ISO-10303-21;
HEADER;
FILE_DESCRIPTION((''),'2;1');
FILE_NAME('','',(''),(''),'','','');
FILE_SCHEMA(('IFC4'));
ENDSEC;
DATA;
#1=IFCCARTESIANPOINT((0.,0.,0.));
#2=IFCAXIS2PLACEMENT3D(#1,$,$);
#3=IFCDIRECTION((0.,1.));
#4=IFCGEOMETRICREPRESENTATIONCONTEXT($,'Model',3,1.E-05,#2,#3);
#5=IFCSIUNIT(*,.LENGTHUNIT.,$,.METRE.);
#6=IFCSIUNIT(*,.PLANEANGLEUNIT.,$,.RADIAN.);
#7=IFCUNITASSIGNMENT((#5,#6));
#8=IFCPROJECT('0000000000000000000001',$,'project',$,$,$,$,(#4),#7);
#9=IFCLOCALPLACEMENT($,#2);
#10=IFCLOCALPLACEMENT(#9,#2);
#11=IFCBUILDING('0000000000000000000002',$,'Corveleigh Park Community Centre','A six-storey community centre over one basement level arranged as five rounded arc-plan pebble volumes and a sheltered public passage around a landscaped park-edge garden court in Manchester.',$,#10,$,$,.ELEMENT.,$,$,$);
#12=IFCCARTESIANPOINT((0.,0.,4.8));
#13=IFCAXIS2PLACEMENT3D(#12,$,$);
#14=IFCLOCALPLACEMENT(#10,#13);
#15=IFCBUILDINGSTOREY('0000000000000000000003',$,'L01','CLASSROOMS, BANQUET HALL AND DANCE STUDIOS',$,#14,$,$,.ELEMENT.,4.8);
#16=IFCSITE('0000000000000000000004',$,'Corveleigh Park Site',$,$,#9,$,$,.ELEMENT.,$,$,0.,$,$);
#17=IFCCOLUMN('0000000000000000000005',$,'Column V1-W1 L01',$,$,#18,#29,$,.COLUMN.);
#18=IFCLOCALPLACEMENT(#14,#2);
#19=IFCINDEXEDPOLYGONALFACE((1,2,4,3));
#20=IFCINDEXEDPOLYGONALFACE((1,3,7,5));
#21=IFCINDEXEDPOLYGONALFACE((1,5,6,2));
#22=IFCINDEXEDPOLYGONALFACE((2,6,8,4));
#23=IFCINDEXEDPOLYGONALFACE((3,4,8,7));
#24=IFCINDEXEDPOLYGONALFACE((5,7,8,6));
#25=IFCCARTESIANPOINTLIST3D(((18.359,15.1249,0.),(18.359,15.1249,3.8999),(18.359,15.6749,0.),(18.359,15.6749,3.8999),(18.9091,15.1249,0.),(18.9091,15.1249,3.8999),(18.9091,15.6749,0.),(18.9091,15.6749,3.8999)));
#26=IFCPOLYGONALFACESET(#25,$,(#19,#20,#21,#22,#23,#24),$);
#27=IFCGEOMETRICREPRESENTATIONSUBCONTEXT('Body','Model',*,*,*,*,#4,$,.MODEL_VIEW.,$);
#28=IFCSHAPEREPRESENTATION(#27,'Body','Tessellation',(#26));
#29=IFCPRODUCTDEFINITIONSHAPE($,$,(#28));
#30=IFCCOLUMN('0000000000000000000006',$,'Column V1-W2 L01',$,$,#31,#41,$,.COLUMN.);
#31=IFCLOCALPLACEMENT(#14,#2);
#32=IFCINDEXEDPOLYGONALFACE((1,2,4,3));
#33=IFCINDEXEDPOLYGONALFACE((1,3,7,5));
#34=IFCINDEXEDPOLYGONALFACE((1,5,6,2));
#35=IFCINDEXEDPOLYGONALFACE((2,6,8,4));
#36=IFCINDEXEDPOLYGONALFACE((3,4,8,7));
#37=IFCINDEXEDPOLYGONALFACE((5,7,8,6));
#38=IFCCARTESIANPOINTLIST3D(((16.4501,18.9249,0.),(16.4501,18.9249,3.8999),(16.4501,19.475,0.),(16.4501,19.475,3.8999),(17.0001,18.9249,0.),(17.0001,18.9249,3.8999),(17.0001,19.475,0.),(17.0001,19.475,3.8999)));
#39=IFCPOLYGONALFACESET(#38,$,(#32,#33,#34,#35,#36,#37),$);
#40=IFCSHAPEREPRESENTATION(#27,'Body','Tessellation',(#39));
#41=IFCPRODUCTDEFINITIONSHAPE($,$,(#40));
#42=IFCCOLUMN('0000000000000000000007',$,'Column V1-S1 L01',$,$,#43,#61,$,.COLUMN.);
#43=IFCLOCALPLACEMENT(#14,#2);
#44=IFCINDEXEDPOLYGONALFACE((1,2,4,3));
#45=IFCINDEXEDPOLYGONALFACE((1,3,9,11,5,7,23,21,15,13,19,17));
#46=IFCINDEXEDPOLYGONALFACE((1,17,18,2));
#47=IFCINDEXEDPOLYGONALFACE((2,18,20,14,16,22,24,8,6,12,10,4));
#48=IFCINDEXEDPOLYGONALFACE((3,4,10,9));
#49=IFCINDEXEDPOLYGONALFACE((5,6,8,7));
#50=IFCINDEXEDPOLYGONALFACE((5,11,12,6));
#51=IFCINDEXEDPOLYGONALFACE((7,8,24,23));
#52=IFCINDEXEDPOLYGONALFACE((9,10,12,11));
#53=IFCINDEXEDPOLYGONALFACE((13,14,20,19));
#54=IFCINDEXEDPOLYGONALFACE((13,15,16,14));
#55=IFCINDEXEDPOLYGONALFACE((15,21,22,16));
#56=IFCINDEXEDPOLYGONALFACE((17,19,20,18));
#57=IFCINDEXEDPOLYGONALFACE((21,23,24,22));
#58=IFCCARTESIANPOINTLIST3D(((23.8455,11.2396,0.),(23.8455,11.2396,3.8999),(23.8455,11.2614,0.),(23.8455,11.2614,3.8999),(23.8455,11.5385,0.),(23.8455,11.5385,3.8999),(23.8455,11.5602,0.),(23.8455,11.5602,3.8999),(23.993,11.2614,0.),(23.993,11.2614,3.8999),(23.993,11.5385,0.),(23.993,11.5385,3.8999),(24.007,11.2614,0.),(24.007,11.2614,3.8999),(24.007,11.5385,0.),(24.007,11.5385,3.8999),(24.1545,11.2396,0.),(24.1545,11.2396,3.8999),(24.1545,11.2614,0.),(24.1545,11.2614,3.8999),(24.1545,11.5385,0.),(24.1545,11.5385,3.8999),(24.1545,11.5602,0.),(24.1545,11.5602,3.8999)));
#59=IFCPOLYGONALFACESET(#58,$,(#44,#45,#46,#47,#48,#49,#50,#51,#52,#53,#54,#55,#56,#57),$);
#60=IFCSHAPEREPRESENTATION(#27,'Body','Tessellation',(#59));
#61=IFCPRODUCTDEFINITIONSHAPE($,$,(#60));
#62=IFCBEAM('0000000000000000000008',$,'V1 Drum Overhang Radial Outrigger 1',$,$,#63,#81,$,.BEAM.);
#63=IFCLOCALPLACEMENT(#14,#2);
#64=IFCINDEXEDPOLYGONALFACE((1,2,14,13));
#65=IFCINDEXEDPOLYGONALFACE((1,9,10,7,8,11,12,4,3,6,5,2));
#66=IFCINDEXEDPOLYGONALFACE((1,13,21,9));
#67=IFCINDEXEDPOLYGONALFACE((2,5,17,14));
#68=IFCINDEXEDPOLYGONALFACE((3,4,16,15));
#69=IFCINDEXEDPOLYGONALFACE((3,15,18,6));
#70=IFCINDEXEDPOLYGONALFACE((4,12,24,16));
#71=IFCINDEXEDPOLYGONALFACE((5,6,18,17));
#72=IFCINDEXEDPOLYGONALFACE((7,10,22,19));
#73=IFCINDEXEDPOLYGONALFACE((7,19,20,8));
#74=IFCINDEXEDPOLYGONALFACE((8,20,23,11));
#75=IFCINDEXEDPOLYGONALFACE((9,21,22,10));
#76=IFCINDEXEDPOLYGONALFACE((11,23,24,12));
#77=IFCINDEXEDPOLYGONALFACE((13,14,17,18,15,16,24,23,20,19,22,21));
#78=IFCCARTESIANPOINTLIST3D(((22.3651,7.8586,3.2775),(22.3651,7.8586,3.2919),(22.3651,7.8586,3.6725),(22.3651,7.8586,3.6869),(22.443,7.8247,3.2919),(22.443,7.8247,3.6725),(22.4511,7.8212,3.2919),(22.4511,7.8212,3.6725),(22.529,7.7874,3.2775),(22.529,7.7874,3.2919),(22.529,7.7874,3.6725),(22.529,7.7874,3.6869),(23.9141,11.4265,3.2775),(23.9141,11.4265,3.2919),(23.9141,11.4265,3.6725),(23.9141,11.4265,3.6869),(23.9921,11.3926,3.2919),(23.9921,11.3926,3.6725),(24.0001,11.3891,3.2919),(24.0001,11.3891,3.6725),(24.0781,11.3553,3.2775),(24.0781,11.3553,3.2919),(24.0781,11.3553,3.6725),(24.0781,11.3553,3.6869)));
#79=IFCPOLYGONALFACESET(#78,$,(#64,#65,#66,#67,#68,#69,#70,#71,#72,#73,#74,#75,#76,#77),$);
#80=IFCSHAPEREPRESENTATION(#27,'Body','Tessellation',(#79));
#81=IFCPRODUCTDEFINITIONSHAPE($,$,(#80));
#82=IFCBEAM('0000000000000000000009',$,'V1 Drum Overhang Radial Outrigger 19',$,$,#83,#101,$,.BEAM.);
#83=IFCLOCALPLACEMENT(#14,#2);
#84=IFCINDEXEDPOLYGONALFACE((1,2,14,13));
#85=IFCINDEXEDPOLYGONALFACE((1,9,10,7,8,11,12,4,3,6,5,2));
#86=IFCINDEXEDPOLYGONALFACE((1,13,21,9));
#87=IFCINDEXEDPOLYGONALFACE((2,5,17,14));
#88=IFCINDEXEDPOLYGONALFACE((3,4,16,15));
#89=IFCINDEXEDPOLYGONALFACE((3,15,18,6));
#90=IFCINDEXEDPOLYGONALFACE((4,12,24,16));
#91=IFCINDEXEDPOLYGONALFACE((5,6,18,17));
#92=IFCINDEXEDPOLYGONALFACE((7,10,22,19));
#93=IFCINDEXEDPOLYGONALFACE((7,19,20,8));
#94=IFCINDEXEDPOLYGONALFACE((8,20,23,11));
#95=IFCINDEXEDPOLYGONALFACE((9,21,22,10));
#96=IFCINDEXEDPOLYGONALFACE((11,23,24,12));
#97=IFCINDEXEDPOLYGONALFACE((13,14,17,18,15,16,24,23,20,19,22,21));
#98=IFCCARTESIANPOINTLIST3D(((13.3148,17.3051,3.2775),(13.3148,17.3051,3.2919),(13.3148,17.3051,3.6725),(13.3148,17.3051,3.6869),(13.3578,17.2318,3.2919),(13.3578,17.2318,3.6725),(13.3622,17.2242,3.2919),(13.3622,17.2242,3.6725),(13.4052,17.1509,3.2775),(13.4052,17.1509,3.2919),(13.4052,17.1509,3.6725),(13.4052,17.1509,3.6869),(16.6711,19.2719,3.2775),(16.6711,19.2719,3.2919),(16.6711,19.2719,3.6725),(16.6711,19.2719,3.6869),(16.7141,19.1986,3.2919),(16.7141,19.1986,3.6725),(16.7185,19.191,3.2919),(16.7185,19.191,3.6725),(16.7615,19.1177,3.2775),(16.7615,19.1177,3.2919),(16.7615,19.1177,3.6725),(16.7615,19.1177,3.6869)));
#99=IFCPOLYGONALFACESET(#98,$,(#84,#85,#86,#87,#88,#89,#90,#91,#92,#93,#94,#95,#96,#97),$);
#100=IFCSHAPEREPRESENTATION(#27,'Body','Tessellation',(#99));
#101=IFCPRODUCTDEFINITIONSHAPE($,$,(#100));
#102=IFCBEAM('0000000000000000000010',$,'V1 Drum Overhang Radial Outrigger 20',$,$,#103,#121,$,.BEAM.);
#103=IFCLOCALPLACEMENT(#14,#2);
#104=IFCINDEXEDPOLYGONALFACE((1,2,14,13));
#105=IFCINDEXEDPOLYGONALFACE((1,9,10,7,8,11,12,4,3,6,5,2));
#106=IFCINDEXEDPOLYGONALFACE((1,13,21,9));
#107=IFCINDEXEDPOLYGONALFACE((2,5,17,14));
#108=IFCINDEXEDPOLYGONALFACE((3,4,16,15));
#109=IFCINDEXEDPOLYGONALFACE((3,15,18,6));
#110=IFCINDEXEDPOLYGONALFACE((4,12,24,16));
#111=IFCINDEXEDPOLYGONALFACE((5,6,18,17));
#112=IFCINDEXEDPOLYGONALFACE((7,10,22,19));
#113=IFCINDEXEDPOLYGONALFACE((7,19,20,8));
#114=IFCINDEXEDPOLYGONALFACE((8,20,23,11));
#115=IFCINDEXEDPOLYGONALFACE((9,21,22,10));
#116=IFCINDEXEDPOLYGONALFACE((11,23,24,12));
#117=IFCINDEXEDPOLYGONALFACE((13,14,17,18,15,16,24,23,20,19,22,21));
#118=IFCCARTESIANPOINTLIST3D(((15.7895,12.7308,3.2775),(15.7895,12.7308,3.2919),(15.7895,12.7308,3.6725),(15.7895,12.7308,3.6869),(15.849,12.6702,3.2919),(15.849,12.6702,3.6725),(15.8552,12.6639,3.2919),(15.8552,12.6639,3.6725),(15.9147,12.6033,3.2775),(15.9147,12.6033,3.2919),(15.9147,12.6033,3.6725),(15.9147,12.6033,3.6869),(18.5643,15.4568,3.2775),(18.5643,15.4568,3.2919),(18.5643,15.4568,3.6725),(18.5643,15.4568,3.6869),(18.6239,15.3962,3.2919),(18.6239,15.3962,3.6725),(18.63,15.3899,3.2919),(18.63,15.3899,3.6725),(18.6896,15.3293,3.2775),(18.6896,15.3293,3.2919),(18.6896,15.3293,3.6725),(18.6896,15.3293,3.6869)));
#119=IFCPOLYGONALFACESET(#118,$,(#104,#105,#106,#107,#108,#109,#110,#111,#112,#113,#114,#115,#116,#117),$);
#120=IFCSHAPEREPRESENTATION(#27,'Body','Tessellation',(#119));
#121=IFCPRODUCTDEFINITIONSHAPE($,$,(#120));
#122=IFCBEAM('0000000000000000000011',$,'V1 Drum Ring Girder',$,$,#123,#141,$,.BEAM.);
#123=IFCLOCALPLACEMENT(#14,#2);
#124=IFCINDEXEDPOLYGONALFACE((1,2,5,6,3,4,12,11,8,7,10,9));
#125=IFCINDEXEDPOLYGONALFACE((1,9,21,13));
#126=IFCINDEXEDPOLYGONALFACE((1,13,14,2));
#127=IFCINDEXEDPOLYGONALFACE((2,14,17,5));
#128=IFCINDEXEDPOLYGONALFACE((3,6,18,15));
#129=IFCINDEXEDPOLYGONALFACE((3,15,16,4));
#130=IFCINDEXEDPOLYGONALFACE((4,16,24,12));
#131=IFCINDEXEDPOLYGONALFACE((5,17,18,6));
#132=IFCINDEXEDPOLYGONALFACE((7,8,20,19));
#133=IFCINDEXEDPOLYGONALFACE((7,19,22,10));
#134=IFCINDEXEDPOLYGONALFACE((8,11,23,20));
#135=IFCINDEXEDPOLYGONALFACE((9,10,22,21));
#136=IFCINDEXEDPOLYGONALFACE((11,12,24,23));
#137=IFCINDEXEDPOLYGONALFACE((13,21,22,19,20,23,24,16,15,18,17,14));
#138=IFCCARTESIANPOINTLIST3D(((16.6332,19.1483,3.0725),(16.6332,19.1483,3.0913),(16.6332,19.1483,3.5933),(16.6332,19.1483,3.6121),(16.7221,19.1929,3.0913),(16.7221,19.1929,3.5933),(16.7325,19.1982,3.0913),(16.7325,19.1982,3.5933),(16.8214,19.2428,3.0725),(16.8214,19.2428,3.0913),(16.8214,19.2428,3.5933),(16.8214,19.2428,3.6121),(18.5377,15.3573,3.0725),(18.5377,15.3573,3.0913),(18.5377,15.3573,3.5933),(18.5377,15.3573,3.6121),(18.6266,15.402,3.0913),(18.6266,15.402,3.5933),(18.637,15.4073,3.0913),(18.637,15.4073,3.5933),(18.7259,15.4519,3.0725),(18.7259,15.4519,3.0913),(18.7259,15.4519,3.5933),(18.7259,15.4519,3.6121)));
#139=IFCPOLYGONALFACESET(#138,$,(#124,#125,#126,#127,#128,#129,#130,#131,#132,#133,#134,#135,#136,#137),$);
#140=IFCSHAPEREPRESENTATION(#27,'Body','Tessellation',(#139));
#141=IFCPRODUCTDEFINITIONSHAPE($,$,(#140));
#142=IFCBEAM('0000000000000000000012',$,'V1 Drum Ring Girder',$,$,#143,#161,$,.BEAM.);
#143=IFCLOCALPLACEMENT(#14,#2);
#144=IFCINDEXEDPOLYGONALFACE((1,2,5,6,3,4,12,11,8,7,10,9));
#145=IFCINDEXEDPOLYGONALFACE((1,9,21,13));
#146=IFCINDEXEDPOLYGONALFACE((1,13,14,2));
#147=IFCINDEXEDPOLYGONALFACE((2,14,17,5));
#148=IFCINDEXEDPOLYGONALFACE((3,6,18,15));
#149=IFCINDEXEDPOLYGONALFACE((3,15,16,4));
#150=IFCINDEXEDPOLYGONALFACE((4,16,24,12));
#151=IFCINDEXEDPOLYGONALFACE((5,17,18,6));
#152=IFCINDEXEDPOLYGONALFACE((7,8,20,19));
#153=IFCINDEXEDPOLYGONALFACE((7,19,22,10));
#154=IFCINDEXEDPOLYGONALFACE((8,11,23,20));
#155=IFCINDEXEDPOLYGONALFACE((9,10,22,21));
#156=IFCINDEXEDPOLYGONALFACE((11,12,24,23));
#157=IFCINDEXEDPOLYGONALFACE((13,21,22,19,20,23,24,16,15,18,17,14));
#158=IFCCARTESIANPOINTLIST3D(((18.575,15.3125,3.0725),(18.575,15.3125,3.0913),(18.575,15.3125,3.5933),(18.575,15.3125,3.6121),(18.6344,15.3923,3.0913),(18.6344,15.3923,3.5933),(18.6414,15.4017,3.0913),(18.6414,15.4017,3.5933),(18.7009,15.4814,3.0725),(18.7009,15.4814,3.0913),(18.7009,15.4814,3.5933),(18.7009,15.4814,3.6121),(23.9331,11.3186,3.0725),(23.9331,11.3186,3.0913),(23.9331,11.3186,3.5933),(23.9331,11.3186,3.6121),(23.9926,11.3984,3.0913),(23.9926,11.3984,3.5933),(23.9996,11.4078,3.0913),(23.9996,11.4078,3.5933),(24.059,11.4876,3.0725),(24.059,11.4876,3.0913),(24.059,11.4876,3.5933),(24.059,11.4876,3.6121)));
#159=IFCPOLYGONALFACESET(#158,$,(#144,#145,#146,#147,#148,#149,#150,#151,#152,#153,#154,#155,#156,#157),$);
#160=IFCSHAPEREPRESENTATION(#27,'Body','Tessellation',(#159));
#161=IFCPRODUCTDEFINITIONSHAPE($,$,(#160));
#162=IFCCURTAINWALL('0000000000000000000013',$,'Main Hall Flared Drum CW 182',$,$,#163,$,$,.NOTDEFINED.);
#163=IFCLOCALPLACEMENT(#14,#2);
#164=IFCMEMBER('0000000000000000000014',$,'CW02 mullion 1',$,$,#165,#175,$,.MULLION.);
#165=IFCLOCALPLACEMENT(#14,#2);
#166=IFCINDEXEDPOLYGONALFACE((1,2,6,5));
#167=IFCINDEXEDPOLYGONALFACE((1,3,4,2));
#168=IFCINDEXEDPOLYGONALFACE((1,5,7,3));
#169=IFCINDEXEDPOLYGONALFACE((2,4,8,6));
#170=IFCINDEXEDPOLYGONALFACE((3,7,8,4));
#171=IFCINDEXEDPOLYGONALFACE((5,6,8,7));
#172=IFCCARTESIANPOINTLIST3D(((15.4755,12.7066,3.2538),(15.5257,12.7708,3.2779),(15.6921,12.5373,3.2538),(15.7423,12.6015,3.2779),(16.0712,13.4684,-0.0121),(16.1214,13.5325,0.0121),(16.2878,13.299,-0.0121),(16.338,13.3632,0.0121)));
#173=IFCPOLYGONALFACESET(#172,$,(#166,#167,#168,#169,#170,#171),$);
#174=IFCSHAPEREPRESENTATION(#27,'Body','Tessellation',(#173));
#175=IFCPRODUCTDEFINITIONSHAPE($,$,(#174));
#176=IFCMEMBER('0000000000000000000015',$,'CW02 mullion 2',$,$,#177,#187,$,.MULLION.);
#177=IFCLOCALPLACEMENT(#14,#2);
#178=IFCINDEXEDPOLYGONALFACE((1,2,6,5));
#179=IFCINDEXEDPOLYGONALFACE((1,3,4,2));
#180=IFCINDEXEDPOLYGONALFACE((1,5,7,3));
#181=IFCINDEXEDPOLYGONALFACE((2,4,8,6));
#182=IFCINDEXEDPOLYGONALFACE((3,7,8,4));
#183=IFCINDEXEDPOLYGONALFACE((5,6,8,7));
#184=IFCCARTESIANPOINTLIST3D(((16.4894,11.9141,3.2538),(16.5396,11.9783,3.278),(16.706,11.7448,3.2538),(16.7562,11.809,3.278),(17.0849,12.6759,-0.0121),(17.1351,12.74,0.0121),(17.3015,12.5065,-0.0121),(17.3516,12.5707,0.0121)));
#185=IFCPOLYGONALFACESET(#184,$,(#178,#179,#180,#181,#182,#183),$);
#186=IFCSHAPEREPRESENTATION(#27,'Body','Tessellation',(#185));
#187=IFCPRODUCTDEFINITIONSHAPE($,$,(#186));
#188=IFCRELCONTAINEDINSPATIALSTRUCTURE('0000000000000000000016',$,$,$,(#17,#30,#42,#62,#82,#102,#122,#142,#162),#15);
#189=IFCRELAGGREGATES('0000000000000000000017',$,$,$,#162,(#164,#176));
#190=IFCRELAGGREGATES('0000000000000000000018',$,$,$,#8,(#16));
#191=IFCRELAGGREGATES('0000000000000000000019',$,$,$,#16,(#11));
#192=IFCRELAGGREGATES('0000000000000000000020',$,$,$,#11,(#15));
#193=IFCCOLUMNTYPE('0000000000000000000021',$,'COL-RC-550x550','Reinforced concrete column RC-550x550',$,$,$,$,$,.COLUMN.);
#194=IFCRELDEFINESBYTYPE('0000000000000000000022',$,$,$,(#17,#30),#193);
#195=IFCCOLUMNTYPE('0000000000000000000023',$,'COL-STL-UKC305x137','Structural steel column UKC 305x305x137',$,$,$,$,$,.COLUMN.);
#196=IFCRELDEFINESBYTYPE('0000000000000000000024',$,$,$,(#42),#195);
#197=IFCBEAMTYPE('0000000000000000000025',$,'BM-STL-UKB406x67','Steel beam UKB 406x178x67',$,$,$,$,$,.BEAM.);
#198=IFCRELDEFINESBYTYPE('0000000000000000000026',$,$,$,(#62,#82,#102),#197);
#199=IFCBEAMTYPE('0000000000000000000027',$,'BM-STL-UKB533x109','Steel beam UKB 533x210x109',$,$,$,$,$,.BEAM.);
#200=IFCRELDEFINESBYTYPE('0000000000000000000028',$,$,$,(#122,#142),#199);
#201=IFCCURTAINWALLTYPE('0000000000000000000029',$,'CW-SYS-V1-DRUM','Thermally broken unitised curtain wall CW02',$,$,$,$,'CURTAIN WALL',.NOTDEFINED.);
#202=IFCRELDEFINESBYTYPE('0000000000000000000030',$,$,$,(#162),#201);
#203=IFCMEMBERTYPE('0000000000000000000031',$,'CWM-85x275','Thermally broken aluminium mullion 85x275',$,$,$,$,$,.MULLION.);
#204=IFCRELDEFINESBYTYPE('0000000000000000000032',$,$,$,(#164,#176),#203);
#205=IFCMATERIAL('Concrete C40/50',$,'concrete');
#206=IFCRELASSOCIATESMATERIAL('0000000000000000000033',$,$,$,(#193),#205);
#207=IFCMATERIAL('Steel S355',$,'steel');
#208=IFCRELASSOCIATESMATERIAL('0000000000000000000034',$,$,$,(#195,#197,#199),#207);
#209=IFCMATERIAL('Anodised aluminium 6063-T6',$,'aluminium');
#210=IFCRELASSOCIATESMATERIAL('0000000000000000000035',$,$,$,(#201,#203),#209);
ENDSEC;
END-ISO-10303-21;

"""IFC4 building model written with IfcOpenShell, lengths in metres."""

from ifc_helpers import new_model, si_unit, direction, frame, origin, origin_2d, place, context, subcontext, project, spatial, rectangle, i_section, extrude, material, material_profile, profile_set, type_object, element, aggregate, save


model = new_model("IFC4")

# Units and contexts
model_context = context("Model", 3, precision=1e-05, world=origin(), true_north=direction((0.0, 1.0)))
body_context = subcontext(model_context, "Body", "Model", "MODEL_VIEW")
ifc_project = project(units=[si_unit("LENGTHUNIT", "METRE"), si_unit("PLANEANGLEUNIT", "RADIAN")], contexts=[model_context])

# Site, building, storey
site_placement = place(None, origin())
site = spatial("IfcSite", under=ifc_project, at=site_placement, Name="Corveleigh Park Site", CompositionType="ELEMENT", RefElevation=0.0)
building_placement = place(site_placement, origin())
building = spatial("IfcBuilding", under=site, at=building_placement, Name="Corveleigh Park Community Centre", Description="A six-storey community centre over one basement level arranged as five rounded arc-plan pebble volumes and a sheltered public passage around a landscaped park-edge garden court in Manchester.", CompositionType="ELEMENT")
storey_placement = place(building_placement, frame((0.0, 0.0, 4.8)))
storey = spatial("IfcBuildingStorey", under=building, at=storey_placement, Name="L01", Description="CLASSROOMS, BANQUET HALL AND DANCE STUDIOS", CompositionType="ELEMENT", Elevation=4.8)

# Columns
ifc_material_1 = material(Name="Concrete C40/50", Category="concrete")
ifc_material_profile_1 = material_profile(ifc_material_1, rectangle(XDim=0.55, YDim=0.55, at=origin_2d()), Name="RC-550x550", Category="concrete")
ifc_profile_set_1 = profile_set([ifc_material_profile_1], Name="Concrete C40/50")
column_type_1 = type_object("IfcColumnType", Name="COL-RC-550x550", Description="Reinforced concrete column RC-550x550", PredefinedType="COLUMN", material=ifc_profile_set_1)
for number, where, z_axis, x_axis, name in (
    (1, (18.634, 15.3999, 0.0), (0.0, 0.0, 1.0), (1.0, 0.0, 0.0), "Column V1-W1 L01"),
    (2, (16.7251, 19.2, 0.0), (0.0, 0.0, 1.0), (1.0, 0.0, 0.0), "Column V1-W2 L01"),
):
    element("IfcColumn", number, at=place(storey_placement, frame(where, z_axis=z_axis, x_axis=x_axis)), inside=storey, type_object=column_type_1, Name=name, PredefinedType="COLUMN", context=body_context, shape_type="SweptSolid", body=[
        extrude(rectangle(XDim=0.55, YDim=0.55, at=origin_2d()), origin(), (0.0, 0.0, 1.0), 3.8999),
    ])
ifc_material_2 = material(Name="Steel S355", Category="steel")
ifc_material_profile_2 = material_profile(ifc_material_2, i_section(OverallWidth=0.3091, OverallDepth=0.3206, WebThickness=0.0139, FlangeThickness=0.0217, at=origin_2d()), Name="UKC 305x305x137", Category="steel")
ifc_profile_set_2 = profile_set([ifc_material_profile_2], Name="Steel S355")
column_type_2 = type_object("IfcColumnType", Name="COL-STL-UKC305x137", Description="Structural steel column UKC 305x305x137", PredefinedType="COLUMN", material=ifc_profile_set_2)
column_placement = place(storey_placement, frame((24.0, 11.3999, 0.0), z_axis=(0.0, 0.0, 1.0), x_axis=(1.0, 0.0, 0.0)))
element("IfcColumn", 3, at=column_placement, inside=storey, type_object=column_type_2, Name="Column V1-S1 L01", PredefinedType="COLUMN", context=body_context, shape_type="SweptSolid", body=[
    extrude(i_section(OverallWidth=0.3091, OverallDepth=0.3206, WebThickness=0.0139, FlangeThickness=0.0217, at=origin_2d()), origin(), (0.0, 0.0, 1.0), 3.8999),
])

# Beams
ifc_material_profile_3 = material_profile(ifc_material_2, i_section(OverallWidth=0.1787, OverallDepth=0.4094, WebThickness=0.0088, FlangeThickness=0.0144, at=origin_2d()), Name="UKB 406x178x67", Category="steel")
ifc_profile_set_3 = profile_set([ifc_material_profile_3], Name="Steel S355")
beam_type_1 = type_object("IfcBeamType", Name="BM-STL-UKB406x67", Description="Steel beam UKB 406x178x67", PredefinedType="BEAM", material=ifc_profile_set_3)
beam_1_placement = place(storey_placement, frame((23.9961, 11.3909, 3.4822), z_axis=(-0.398256, -0.917275, 0.0), x_axis=(0.917275, -0.398256, 0.0)))
element("IfcBeam", 4, at=beam_1_placement, inside=storey, type_object=beam_type_1, Name="V1 Drum Overhang Radial Outrigger 1", PredefinedType="BEAM", context=body_context, shape_type="SweptSolid", body=[
    extrude(i_section(OverallWidth=0.1787, OverallDepth=0.4094, WebThickness=0.0088, FlangeThickness=0.0144, at=origin_2d()), origin(), (0.0, 0.0, 1.0), 3.8896),
])
beam_2_placement = place(storey_placement, frame((16.7163, 19.1948, 3.4822), z_axis=(-0.862769, -0.505599, 0.0), x_axis=(0.505599, -0.862769, 0.0)))
element("IfcBeam", 5, at=beam_2_placement, inside=storey, type_object=beam_type_1, Name="V1 Drum Overhang Radial Outrigger 19", PredefinedType="BEAM", context=body_context, shape_type="SweptSolid", body=[
    extrude(i_section(OverallWidth=0.1787, OverallDepth=0.4094, WebThickness=0.0088, FlangeThickness=0.0144, at=origin_2d()), origin(), (0.0, 0.0, 1.0), 3.8901),
])
beam_3_placement = place(storey_placement, frame((18.627, 15.3931, 3.4822), z_axis=(-0.713355, -0.700803, 0.0), x_axis=(0.700803, -0.713355, 0.0)))
element("IfcBeam", 6, at=beam_3_placement, inside=storey, type_object=beam_type_1, Name="V1 Drum Overhang Radial Outrigger 20", PredefinedType="BEAM", context=body_context, shape_type="SweptSolid", body=[
    extrude(i_section(OverallWidth=0.1787, OverallDepth=0.4094, WebThickness=0.0088, FlangeThickness=0.0144, at=origin_2d()), origin(), (0.0, 0.0, 1.0), 3.8899),
])
ifc_material_profile_4 = material_profile(ifc_material_2, i_section(OverallWidth=0.2107, OverallDepth=0.5396, WebThickness=0.0117, FlangeThickness=0.0188, at=origin_2d()), Name="UKB 533x210x109", Category="steel")
ifc_profile_set_4 = profile_set([ifc_material_profile_4], Name="Steel S355")
beam_type_2 = type_object("IfcBeamType", Name="BM-STL-UKB533x109", Description="Steel beam UKB 533x210x109", PredefinedType="BEAM", material=ifc_profile_set_4)
beam_4_placement = place(storey_placement, frame((16.7273, 19.1956, 3.3423), z_axis=(0.448916, -0.893574, 0.0), x_axis=(0.893574, 0.448916, 0.0)))
element("IfcBeam", 7, at=beam_4_placement, inside=storey, type_object=beam_type_2, Name="V1 Drum Ring Girder", PredefinedType="BEAM", context=body_context, shape_type="SweptSolid", body=[
    extrude(i_section(OverallWidth=0.2107, OverallDepth=0.5396, WebThickness=0.0117, FlangeThickness=0.0188, at=origin_2d()), origin(), (0.0, 0.0, 1.0), 4.2424),
])
beam_5_placement = place(storey_placement, frame((18.6379, 15.397, 3.3423), z_axis=(0.801772, -0.59763, 0.0), x_axis=(0.59763, 0.801772, 0.0)))
element("IfcBeam", 8, at=beam_5_placement, inside=storey, type_object=beam_type_2, Name="V1 Drum Ring Girder", PredefinedType="BEAM", context=body_context, shape_type="SweptSolid", body=[
    extrude(i_section(OverallWidth=0.2107, OverallDepth=0.5396, WebThickness=0.0117, FlangeThickness=0.0188, at=origin_2d()), origin(), (0.0, 0.0, 1.0), 6.6829),
])

# Curtain wall, members
ifc_material_3 = material(Name="Anodised aluminium 6063-T6", Category="aluminium")
curtain_wall_type = type_object("IfcCurtainWallType", Name="CW-SYS-V1-DRUM", Description="Thermally broken unitised curtain wall CW02", ElementType="CURTAIN WALL", PredefinedType="NOTDEFINED", material=ifc_material_3)
curtain_wall_placement = place(storey_placement, origin())
curtain_wall = element("IfcCurtainWall", 9, at=curtain_wall_placement, inside=storey, type_object=curtain_wall_type, Name="Main Hall Flared Drum CW 182", PredefinedType="NOTDEFINED")
ifc_material_profile_5 = material_profile(ifc_material_3, rectangle(XDim=0.085, YDim=0.2749, at=origin_2d()), Name="ALU-M85x275", Category="aluminium")
ifc_profile_set_5 = profile_set([ifc_material_profile_5], Name="Anodised aluminium 6063-T6")
member_type_1 = type_object("IfcMemberType", Name="CWM-85x275", Description="Thermally broken aluminium mullion 85x275", PredefinedType="MULLION", material=ifc_profile_set_5)
member_1_placement = place(storey_placement, frame((16.2046, 13.4158, 0.0), z_axis=(-0.174897, -0.223639, 0.958852), x_axis=(0.590687, 0.755305, 0.283907)))
member_1 = element("IfcMember", 10, at=member_1_placement, type_object=member_type_1, Name="CW02 mullion 1", PredefinedType="MULLION", context=body_context, shape_type="SweptSolid", body=[
    extrude(rectangle(XDim=0.085, YDim=0.2749, at=origin_2d()), origin(), (0.0, 0.0, 1.0), 3.406),
])
member_2_placement = place(storey_placement, frame((17.2183, 12.6233, 0.0), z_axis=(-0.174828, -0.223642, 0.958864), x_axis=(0.590544, 0.755432, 0.283867)))
member_2 = element("IfcMember", 11, at=member_2_placement, type_object=member_type_1, Name="CW02 mullion 2", PredefinedType="MULLION", context=body_context, shape_type="SweptSolid", body=[
    extrude(rectangle(XDim=0.085, YDim=0.2749, at=origin_2d()), origin(), (0.0, 0.0, 1.0), 3.406),
])

aggregate(curtain_wall, [member_1, member_2])

save(model, "model.ifc")
